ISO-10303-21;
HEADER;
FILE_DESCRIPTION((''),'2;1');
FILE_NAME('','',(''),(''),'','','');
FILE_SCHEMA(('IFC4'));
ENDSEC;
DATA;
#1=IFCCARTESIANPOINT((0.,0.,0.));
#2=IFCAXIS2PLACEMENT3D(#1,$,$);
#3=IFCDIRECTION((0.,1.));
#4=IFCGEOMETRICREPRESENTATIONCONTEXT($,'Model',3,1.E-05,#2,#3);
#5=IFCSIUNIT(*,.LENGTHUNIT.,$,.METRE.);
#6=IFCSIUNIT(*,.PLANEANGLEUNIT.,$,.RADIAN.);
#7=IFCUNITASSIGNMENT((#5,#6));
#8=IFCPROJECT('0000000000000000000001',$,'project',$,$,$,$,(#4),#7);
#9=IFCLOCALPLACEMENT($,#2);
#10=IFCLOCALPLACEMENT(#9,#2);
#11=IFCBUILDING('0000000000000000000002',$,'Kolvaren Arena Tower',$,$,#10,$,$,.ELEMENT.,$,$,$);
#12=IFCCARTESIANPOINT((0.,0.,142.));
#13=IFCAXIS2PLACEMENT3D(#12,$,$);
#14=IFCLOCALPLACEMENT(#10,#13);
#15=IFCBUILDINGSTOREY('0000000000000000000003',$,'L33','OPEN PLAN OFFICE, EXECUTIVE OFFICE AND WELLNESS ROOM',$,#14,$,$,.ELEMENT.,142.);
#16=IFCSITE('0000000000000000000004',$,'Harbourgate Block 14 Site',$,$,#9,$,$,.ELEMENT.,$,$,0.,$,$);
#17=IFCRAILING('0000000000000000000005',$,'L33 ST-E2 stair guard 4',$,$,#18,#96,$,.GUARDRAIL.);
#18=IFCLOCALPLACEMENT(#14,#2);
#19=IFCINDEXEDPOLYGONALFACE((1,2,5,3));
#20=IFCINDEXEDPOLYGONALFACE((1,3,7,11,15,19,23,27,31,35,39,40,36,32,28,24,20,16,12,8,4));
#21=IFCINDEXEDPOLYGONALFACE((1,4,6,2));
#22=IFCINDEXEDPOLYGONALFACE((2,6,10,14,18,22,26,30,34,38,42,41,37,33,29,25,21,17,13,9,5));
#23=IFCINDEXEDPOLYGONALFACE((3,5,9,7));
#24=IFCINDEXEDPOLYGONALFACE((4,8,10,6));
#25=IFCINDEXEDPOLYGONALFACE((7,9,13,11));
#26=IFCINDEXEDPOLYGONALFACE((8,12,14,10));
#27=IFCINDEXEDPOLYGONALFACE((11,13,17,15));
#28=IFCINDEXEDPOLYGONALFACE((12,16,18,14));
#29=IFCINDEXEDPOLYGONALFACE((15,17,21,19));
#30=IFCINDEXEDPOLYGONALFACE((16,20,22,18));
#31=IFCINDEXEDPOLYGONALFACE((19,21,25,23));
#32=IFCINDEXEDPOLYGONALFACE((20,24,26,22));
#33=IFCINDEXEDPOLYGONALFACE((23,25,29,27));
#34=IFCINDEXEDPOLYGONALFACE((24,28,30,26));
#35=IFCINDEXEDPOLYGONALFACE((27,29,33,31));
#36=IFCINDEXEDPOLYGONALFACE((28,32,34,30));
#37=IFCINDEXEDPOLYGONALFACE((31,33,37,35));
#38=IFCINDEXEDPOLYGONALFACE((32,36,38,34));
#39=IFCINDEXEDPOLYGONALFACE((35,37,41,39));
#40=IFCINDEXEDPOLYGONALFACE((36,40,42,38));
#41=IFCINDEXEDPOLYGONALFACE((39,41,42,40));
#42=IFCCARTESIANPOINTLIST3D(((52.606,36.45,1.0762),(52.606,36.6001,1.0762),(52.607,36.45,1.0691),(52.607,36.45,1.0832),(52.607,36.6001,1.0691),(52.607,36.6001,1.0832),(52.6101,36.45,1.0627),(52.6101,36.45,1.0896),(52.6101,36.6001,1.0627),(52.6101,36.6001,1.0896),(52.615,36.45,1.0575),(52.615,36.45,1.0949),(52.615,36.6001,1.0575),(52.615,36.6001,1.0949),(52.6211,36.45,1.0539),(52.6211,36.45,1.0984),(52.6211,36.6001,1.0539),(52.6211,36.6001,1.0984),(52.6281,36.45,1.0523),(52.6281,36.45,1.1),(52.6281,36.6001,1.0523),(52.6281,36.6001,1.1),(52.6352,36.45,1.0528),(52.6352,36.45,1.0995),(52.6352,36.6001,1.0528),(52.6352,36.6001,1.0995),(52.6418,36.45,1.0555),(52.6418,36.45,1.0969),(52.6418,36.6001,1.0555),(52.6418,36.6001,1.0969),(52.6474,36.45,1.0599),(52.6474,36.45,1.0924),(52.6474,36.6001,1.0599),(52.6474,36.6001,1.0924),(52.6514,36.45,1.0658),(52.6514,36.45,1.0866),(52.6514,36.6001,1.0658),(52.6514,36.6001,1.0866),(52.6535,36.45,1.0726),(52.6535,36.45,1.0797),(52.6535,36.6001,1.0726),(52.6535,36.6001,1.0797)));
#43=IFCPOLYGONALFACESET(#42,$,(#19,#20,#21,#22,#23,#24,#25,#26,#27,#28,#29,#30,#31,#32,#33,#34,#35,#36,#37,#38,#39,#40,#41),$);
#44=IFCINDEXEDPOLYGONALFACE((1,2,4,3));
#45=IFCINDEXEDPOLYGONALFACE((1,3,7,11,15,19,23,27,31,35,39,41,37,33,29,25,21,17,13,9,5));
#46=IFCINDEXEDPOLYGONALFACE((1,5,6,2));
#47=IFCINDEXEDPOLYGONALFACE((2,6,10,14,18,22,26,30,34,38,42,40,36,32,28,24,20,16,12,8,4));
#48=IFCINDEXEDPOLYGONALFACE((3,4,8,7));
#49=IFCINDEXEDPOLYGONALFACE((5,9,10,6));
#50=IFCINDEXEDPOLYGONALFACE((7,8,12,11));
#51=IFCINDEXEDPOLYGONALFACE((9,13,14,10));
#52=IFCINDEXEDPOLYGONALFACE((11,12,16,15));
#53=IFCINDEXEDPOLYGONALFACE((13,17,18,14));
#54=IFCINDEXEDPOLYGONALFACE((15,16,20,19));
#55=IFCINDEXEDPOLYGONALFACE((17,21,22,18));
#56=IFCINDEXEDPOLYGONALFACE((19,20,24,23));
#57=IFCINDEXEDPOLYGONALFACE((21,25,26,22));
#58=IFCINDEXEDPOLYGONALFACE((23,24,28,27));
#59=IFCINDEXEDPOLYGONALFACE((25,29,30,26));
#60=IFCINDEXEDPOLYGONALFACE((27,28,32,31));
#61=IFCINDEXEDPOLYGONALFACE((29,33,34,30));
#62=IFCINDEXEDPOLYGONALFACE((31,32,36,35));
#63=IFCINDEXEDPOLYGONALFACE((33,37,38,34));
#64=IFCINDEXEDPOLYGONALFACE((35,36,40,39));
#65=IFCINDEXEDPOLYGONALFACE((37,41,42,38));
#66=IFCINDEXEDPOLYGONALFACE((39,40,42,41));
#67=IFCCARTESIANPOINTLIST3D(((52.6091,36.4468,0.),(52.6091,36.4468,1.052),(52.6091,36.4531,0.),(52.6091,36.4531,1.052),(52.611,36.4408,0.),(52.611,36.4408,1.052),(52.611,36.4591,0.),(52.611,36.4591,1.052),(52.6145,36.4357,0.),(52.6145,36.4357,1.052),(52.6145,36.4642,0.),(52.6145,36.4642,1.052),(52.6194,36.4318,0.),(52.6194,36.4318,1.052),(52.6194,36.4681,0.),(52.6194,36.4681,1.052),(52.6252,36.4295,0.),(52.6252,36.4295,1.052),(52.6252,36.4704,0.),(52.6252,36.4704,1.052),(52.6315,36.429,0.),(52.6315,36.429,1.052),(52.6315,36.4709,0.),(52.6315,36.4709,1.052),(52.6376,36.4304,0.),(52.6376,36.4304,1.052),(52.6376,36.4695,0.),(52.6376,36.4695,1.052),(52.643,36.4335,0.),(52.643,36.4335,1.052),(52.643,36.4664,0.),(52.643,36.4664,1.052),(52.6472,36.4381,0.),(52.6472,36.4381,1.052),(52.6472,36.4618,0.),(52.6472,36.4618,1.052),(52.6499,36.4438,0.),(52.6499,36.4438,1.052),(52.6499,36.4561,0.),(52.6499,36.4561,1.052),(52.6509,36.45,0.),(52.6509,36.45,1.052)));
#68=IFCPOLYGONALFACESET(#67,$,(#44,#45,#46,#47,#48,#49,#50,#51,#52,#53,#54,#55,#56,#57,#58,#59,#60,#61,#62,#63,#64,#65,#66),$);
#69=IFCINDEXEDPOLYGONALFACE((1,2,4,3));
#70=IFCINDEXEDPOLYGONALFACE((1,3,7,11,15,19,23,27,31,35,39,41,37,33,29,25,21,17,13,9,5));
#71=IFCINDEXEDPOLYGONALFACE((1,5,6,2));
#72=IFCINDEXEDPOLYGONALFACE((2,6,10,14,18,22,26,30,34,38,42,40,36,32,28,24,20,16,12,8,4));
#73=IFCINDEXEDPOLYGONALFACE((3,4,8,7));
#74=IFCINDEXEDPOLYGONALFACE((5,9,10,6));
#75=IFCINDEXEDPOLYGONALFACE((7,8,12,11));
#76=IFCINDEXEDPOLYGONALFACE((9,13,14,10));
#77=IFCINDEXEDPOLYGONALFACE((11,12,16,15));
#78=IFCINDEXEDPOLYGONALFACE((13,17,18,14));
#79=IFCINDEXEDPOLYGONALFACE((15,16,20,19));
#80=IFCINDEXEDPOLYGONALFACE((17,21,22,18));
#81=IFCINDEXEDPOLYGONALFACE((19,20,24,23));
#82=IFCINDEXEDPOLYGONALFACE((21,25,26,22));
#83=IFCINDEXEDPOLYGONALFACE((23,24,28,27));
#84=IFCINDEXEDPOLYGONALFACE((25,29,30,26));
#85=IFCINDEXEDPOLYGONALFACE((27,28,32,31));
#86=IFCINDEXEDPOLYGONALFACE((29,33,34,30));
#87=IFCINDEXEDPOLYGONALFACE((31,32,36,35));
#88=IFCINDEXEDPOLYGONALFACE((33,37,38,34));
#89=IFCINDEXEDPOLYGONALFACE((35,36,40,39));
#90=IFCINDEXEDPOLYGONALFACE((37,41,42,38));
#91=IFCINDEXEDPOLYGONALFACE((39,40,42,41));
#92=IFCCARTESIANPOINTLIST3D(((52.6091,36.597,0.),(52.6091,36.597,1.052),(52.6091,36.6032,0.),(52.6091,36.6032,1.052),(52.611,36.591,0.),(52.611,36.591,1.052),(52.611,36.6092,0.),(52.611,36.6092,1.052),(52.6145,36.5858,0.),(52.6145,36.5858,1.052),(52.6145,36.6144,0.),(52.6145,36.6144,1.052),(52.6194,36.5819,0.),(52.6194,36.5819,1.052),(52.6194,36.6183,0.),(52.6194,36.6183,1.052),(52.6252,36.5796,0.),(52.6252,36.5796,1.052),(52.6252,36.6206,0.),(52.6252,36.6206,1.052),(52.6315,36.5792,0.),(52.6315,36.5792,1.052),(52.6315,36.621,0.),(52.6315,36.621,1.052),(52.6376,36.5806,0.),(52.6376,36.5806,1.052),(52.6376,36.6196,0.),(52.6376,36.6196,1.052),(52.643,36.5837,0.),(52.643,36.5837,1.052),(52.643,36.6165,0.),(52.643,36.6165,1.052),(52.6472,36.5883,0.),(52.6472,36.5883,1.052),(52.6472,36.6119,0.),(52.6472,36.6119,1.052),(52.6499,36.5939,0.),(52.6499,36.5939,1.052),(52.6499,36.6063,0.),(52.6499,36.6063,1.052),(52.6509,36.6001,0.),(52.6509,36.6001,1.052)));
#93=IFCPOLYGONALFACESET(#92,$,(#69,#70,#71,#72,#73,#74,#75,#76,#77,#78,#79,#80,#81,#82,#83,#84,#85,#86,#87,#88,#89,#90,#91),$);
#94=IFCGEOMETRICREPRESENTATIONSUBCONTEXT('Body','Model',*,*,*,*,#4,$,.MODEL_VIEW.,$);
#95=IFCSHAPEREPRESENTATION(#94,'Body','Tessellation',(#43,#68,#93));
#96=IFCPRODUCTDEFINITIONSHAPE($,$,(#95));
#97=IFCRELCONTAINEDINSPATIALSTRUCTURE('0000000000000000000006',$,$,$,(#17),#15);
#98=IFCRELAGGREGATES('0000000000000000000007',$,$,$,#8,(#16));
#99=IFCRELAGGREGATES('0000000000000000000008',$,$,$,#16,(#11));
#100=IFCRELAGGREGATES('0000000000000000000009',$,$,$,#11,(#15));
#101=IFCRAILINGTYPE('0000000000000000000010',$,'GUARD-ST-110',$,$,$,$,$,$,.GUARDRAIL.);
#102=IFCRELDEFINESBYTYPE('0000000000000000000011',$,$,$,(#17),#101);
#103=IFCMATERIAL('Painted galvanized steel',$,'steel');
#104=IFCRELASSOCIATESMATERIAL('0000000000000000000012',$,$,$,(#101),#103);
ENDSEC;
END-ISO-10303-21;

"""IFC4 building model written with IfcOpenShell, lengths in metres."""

from ifc_helpers import new_model, si_unit, direction, frame, origin, origin_2d, place, context, subcontext, project, spatial, circle, extrude, material, type_object, element, save


model = new_model("IFC4")

# Units and contexts
model_context = context("Model", 3, precision=1e-05, world=origin(), true_north=direction((0.0, 1.0)))
body_context = subcontext(model_context, "Body", "Model", "MODEL_VIEW")
ifc_project = project(units=[si_unit("LENGTHUNIT", "METRE"), si_unit("PLANEANGLEUNIT", "RADIAN")], contexts=[model_context])

# Site, building, storey
site_placement = place(None, origin())
site = spatial("IfcSite", under=ifc_project, at=site_placement, Name="Harbourgate Block 14 Site", CompositionType="ELEMENT", RefElevation=0.0)
building_placement = place(site_placement, origin())
building = spatial("IfcBuilding", under=site, at=building_placement, Name="Kolvaren Arena Tower", CompositionType="ELEMENT")
storey_placement = place(building_placement, frame((0.0, 0.0, 142.0)))
storey = spatial("IfcBuildingStorey", under=building, at=storey_placement, Name="L33", Description="OPEN PLAN OFFICE, EXECUTIVE OFFICE AND WELLNESS ROOM", CompositionType="ELEMENT", Elevation=142.0)

# Railing
ifc_material_1 = material(Name="Painted galvanized steel", Category="steel")
railing_type_1 = type_object("IfcRailingType", Name="GUARD-ST-110", PredefinedType="GUARDRAIL", material=ifc_material_1)
railing_1_placement = place(storey_placement, frame((52.6299, 36.45, 0.0)))
element("IfcRailing", 1, at=railing_1_placement, inside=storey, type_object=railing_type_1, Name="L33 ST-E2 stair guard 4", PredefinedType="GUARDRAIL", context=body_context, shape_type="SweptSolid", body=[
    extrude(circle(Radius=0.0239, at=origin_2d()), frame((0.0, 0.0, 1.0762), z_axis=(0.0, 1.0, 0.0), x_axis=(-1.0, 0.0, 0.0)), (0.0, 0.0, 1.0), 0.1501),
    extrude(circle(Radius=0.021, at=origin_2d()), origin(), (0.0, 0.0, 1.0), 1.052),
    extrude(circle(Radius=0.021, at=origin_2d()), frame((0.0, 0.1501, 0.0)), (0.0, 0.0, 1.0), 1.052),
])

save(model, "model.ifc")
